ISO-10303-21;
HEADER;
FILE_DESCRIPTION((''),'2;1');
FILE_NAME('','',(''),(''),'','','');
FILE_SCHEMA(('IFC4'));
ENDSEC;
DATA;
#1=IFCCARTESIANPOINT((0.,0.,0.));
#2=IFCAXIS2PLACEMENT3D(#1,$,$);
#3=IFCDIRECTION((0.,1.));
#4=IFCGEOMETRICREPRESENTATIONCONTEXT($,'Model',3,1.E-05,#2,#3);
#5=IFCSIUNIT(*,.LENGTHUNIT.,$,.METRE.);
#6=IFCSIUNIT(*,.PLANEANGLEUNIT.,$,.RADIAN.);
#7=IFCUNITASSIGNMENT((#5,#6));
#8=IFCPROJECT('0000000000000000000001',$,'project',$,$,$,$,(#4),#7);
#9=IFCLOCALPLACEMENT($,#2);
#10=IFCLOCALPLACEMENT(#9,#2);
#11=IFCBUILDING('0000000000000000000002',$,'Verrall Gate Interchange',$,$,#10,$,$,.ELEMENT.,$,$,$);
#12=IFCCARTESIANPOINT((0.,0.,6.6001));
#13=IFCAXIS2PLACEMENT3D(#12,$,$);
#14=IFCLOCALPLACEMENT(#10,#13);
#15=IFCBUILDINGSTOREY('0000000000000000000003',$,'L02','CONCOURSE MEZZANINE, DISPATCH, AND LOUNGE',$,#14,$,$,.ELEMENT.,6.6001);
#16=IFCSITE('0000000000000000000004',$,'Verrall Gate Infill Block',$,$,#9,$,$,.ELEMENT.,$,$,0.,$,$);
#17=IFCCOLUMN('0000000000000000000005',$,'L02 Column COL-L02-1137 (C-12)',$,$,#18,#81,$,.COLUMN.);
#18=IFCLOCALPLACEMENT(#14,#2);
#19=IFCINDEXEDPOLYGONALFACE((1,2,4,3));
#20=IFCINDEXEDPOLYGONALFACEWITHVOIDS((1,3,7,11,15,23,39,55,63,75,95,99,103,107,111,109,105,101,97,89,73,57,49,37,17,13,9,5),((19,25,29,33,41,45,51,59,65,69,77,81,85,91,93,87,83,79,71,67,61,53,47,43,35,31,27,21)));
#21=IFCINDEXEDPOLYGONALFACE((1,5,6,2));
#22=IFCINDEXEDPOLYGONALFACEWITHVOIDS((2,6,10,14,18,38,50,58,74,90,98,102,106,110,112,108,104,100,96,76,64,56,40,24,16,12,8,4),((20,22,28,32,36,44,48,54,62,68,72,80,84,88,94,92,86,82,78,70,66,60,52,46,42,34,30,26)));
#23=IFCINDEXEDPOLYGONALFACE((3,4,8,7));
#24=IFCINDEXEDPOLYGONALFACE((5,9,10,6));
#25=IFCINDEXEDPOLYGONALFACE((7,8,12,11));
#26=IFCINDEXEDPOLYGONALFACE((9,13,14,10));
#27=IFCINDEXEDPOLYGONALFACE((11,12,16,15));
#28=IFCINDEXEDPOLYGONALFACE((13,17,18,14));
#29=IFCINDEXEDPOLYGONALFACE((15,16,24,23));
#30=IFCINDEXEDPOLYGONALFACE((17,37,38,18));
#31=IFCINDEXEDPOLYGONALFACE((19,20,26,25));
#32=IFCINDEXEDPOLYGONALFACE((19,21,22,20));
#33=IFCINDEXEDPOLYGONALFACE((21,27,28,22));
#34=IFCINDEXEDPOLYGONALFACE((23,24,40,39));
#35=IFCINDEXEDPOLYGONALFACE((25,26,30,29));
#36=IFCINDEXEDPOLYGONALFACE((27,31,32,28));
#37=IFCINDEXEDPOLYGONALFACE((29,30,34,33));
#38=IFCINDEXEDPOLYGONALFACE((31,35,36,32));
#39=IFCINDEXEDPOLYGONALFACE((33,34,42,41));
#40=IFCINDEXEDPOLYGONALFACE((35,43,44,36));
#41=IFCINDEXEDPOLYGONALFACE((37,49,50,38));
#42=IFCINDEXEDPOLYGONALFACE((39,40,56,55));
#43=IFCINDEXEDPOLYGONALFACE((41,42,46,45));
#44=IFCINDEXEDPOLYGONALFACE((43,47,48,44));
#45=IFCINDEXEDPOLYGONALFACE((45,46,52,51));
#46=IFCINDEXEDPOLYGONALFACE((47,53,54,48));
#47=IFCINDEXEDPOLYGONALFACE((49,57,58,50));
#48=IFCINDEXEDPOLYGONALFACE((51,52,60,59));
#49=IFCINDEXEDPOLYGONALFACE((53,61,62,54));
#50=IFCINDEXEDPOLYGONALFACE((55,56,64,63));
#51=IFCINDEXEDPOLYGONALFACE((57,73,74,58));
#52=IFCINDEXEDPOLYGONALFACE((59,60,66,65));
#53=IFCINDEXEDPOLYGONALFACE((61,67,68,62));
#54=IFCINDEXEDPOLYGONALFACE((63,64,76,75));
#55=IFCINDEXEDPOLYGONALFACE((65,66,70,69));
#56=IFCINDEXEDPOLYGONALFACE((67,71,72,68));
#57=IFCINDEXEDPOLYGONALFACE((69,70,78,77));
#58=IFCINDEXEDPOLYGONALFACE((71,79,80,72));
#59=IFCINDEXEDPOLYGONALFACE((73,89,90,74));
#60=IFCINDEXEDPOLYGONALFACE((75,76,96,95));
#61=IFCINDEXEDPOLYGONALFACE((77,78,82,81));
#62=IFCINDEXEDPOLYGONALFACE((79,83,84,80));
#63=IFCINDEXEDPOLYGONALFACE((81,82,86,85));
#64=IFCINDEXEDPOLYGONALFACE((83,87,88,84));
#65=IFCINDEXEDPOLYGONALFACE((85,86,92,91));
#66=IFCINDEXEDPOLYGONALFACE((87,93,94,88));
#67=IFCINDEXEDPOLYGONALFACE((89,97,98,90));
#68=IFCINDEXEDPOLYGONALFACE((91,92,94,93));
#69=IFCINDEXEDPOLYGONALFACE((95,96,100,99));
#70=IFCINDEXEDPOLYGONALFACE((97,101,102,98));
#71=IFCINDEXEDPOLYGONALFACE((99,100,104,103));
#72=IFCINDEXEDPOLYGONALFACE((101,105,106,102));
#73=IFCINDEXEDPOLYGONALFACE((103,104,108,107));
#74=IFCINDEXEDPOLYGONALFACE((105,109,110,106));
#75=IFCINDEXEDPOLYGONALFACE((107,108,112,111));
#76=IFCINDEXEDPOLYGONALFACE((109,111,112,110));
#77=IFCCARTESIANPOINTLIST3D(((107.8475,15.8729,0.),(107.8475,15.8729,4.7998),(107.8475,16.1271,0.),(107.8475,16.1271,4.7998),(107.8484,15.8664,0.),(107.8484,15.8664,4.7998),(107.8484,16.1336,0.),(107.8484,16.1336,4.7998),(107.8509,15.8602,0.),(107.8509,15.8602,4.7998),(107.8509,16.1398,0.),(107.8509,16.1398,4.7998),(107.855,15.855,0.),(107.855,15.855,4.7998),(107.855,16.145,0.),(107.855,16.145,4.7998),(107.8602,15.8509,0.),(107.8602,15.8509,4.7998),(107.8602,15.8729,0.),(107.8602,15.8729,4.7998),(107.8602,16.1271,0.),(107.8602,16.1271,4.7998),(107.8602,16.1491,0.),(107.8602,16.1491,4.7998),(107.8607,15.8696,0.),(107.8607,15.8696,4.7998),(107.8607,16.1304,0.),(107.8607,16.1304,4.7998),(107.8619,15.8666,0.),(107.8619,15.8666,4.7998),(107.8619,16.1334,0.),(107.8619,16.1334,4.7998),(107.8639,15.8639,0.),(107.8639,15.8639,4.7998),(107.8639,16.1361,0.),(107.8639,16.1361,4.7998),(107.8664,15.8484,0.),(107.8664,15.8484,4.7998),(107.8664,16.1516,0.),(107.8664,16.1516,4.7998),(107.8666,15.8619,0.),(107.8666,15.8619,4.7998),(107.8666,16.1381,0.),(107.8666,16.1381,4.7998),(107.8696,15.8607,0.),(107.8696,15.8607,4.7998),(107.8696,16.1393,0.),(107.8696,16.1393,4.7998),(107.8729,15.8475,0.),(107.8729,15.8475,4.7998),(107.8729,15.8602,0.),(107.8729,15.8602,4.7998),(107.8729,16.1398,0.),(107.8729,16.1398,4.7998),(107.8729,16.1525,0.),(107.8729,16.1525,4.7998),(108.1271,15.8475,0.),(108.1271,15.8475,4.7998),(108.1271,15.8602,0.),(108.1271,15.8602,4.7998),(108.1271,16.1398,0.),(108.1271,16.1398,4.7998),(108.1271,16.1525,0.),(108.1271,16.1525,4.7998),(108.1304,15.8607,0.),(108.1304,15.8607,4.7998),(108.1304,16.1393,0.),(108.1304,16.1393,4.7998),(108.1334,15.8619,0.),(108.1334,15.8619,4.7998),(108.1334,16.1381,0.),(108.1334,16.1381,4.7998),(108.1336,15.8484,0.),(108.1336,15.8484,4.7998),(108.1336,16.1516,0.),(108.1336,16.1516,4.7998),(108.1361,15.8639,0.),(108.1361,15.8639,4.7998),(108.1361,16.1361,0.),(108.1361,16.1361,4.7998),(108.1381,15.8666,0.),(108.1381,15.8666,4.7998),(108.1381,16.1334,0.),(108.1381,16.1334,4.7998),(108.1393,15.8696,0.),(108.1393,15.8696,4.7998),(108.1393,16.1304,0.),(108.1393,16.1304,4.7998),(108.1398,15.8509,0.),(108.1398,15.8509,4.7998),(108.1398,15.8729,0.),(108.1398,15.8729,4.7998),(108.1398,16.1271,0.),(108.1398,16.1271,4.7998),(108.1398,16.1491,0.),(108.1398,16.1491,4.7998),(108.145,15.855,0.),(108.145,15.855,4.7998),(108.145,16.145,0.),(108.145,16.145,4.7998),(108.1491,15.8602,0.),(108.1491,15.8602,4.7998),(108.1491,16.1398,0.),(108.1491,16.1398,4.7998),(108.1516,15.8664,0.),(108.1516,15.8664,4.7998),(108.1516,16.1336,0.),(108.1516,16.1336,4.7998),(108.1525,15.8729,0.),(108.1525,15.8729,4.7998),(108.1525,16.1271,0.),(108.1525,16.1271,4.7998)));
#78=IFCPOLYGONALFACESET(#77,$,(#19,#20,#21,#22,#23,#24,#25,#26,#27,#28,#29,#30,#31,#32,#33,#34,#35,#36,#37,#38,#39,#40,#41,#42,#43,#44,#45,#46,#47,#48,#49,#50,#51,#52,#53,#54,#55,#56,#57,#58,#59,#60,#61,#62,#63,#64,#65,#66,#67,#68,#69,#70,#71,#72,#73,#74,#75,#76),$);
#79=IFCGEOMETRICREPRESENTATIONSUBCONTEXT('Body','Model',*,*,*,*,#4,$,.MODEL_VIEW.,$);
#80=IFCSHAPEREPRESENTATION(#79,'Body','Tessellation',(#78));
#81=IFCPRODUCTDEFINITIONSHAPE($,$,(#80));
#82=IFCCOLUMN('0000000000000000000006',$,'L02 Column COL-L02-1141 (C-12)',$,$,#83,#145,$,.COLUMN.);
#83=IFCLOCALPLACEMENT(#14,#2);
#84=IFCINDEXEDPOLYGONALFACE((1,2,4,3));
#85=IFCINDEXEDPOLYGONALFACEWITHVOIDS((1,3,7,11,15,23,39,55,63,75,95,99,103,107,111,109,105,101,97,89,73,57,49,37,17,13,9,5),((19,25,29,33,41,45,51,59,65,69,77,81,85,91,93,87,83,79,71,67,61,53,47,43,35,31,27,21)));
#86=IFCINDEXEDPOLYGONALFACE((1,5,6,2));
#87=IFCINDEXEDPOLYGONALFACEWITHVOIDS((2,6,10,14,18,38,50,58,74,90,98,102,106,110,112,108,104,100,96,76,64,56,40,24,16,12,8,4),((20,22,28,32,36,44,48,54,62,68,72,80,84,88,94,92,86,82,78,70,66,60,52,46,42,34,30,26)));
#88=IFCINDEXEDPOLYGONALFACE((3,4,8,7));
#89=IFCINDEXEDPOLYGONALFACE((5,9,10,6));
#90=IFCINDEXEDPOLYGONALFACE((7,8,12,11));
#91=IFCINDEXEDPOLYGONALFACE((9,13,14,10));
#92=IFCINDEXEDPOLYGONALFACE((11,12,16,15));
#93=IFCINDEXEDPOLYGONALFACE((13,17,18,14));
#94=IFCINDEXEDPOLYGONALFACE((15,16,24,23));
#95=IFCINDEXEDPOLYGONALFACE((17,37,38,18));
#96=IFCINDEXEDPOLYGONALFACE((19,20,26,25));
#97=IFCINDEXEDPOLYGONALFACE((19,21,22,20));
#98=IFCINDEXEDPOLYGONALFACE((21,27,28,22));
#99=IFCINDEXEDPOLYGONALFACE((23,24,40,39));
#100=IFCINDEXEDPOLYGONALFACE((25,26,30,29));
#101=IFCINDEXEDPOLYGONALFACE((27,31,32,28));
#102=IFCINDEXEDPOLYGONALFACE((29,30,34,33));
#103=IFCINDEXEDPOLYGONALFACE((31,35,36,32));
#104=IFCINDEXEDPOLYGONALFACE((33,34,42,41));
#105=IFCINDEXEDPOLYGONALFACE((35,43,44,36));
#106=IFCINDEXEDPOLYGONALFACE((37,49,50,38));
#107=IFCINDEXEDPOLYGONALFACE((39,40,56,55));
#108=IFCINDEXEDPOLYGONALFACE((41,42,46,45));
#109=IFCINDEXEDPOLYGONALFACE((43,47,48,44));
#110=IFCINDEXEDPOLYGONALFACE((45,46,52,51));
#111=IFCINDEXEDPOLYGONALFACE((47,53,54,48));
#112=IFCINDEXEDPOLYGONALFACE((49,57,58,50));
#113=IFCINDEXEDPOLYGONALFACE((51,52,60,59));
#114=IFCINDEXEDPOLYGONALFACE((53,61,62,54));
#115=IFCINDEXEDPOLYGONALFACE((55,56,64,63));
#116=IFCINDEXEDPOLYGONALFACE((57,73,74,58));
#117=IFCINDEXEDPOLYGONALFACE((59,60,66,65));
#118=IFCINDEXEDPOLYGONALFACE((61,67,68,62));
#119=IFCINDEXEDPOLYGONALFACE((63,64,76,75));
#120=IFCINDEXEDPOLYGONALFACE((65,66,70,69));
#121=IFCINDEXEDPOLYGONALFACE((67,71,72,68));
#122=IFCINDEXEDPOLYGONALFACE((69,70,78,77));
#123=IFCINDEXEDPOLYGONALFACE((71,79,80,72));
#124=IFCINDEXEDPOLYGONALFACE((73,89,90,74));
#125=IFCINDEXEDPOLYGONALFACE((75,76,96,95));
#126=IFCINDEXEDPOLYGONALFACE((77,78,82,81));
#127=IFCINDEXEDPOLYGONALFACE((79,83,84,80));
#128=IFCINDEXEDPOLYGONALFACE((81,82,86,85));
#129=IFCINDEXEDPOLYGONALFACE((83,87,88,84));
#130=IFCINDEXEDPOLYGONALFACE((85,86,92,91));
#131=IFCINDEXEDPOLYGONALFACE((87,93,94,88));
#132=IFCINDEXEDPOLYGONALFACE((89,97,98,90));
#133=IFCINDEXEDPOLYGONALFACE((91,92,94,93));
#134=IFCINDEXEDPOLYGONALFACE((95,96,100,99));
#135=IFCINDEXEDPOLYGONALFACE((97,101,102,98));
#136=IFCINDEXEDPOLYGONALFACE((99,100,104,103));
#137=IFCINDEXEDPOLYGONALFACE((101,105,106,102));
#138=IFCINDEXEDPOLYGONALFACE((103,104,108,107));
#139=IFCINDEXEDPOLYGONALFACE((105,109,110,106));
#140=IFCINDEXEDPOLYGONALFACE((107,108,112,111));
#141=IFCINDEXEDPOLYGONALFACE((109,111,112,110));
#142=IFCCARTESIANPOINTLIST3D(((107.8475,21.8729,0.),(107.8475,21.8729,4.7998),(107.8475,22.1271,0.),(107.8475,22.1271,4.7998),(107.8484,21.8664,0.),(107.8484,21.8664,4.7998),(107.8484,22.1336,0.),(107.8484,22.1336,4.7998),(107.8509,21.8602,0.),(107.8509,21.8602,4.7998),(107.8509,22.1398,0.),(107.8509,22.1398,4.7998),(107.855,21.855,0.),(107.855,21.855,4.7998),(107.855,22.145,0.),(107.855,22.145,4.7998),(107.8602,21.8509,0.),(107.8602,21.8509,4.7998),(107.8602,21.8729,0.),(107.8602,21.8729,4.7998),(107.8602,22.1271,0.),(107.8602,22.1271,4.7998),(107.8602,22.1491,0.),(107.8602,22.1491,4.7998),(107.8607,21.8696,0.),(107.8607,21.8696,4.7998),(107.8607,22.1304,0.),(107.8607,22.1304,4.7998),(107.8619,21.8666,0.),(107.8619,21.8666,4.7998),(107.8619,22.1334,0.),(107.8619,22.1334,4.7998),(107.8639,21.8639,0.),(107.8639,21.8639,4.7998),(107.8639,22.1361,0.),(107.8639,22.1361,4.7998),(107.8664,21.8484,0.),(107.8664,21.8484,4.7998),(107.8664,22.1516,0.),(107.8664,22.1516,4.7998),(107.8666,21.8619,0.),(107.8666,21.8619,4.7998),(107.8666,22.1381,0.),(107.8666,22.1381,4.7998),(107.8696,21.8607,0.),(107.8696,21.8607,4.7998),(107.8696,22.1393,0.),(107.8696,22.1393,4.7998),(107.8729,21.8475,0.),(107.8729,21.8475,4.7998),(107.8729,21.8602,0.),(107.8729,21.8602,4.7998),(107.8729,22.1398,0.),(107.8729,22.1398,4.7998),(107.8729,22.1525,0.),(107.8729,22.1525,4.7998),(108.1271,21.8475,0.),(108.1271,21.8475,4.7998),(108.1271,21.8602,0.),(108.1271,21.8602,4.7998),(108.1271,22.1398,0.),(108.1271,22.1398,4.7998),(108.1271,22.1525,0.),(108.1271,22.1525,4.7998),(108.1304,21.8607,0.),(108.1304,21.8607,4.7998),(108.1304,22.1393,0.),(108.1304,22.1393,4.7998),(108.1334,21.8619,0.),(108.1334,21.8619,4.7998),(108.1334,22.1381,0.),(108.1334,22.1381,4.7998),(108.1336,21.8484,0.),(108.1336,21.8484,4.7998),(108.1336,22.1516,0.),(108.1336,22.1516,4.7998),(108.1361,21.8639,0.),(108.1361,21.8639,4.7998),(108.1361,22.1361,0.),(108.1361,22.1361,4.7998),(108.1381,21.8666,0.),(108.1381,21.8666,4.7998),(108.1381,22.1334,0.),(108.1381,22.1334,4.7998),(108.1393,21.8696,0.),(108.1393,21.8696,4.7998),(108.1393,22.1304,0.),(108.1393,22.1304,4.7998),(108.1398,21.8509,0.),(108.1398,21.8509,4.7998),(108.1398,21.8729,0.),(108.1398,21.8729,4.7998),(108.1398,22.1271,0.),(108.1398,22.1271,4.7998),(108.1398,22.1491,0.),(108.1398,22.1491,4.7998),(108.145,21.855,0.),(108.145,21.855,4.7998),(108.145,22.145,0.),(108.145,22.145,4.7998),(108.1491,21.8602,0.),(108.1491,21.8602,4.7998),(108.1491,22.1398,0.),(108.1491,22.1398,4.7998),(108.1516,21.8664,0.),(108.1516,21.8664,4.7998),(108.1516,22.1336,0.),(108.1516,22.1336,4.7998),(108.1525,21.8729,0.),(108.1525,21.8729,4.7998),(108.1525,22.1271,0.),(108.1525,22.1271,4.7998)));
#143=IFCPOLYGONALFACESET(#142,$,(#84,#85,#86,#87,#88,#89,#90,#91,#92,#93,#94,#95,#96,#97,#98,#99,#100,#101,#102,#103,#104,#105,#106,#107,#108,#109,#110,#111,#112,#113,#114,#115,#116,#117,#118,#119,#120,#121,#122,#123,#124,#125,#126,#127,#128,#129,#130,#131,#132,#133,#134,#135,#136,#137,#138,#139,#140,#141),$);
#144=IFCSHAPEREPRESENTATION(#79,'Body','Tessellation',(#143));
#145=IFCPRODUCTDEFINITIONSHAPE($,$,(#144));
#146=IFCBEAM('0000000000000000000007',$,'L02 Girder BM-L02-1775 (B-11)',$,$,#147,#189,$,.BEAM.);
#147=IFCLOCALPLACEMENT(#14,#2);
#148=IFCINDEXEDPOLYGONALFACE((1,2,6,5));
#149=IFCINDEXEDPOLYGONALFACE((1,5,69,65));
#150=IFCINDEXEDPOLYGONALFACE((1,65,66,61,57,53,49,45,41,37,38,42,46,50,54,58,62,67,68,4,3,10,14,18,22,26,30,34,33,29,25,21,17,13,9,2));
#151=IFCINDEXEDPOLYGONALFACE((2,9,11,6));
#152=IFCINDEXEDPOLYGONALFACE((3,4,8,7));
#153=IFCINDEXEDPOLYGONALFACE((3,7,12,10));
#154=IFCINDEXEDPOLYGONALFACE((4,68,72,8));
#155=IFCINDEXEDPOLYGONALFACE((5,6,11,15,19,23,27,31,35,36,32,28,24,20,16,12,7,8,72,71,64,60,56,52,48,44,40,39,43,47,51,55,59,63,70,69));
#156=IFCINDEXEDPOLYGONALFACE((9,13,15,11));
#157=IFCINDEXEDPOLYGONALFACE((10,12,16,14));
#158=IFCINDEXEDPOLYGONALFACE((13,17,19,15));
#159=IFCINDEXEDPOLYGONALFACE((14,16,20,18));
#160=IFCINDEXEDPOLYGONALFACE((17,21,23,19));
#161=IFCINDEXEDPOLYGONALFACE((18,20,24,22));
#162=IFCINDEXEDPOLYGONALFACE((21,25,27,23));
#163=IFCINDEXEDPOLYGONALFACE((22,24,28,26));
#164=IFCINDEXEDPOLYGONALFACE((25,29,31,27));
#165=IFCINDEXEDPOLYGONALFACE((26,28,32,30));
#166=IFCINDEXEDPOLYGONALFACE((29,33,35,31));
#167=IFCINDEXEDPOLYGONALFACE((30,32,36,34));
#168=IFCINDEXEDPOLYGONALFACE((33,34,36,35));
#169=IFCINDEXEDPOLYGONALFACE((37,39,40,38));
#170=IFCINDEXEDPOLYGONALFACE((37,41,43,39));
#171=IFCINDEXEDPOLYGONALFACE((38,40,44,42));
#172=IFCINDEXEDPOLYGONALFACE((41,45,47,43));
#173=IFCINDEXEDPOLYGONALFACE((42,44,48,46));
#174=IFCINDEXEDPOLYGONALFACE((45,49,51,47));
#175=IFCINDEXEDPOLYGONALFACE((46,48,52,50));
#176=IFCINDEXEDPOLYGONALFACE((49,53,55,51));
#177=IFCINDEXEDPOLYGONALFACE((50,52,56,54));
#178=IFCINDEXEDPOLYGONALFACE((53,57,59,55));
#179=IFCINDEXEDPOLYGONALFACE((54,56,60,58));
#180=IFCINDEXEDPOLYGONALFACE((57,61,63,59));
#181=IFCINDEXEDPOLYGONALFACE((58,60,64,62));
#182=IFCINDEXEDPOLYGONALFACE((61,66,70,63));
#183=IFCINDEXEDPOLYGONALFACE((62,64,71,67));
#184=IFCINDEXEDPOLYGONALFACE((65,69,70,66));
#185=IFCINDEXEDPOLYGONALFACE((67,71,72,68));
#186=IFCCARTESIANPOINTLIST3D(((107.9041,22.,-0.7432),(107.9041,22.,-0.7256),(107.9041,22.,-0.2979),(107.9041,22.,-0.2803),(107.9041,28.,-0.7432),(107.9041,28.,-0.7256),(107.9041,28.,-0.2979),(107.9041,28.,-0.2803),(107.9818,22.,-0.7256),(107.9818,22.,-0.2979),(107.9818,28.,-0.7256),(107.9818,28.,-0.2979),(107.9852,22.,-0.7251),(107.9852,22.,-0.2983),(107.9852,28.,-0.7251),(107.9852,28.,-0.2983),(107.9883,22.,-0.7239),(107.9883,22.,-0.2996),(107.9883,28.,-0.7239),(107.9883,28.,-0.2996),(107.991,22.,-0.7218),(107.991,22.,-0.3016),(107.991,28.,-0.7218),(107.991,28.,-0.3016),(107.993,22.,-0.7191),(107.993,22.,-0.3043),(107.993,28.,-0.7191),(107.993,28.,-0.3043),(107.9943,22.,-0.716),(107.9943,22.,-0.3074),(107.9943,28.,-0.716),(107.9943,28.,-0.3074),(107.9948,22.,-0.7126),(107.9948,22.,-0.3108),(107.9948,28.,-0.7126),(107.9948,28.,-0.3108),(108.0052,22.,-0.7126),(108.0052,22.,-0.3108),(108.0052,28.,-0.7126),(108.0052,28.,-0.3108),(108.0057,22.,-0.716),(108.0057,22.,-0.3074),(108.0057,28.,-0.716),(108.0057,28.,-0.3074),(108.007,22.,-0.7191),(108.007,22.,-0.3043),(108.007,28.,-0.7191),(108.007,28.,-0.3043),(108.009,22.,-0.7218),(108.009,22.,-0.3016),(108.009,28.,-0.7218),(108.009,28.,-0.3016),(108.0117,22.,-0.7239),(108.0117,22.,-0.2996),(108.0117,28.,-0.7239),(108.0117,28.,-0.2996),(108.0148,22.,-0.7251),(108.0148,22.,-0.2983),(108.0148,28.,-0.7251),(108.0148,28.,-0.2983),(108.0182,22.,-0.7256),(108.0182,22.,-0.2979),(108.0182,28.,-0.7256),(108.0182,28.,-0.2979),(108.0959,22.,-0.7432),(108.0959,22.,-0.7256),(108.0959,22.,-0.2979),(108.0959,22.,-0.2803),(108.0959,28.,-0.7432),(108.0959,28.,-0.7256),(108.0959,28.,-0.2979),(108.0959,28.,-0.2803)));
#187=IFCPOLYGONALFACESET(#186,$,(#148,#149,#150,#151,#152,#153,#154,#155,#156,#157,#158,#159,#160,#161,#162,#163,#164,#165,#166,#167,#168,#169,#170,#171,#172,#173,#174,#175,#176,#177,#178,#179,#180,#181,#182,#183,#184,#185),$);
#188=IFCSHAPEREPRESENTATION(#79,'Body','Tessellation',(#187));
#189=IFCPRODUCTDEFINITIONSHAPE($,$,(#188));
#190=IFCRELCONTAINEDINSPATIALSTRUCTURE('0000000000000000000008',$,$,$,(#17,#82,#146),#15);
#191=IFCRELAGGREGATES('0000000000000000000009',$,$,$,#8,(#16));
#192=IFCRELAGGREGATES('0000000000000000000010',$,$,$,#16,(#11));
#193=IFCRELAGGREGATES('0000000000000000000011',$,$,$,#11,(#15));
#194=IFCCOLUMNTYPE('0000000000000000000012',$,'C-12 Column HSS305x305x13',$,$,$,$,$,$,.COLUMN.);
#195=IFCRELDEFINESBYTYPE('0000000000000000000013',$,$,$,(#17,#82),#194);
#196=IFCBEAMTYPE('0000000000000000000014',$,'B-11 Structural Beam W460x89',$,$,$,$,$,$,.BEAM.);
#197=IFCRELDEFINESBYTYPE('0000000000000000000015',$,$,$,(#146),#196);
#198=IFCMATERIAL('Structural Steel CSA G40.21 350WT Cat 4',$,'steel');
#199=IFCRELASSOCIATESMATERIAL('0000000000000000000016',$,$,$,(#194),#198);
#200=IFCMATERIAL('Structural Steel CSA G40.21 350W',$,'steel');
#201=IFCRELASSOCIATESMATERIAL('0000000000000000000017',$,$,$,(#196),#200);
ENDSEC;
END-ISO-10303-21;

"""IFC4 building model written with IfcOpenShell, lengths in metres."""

from ifc_helpers import new_model, si_unit, direction, frame, origin, origin_2d, place, context, subcontext, project, spatial, hollow_rectangle, i_section, extrude, material, material_profile, profile_set, type_object, element, save


model = new_model("IFC4")

# Units and contexts
model_context = context("Model", 3, precision=1e-05, world=origin(), true_north=direction((0.0, 1.0)))
body_context = subcontext(model_context, "Body", "Model", "MODEL_VIEW")
ifc_project = project(units=[si_unit("LENGTHUNIT", "METRE"), si_unit("PLANEANGLEUNIT", "RADIAN")], contexts=[model_context])

# Site, building, storey
site_placement = place(None, origin())
site = spatial("IfcSite", under=ifc_project, at=site_placement, Name="Verrall Gate Infill Block", CompositionType="ELEMENT", RefElevation=0.0)
building_placement = place(site_placement, origin())
building = spatial("IfcBuilding", under=site, at=building_placement, Name="Verrall Gate Interchange", CompositionType="ELEMENT")
storey_placement = place(building_placement, frame((0.0, 0.0, 6.6001)))
storey = spatial("IfcBuildingStorey", under=building, at=storey_placement, Name="L02", Description="CONCOURSE MEZZANINE, DISPATCH, AND LOUNGE", CompositionType="ELEMENT", Elevation=6.6001)

# Columns
ifc_material_1 = material(Name="Structural Steel CSA G40.21 350WT Cat 4", Category="steel")
ifc_material_profile_1 = material_profile(ifc_material_1, hollow_rectangle(XDim=0.3049, YDim=0.3049, WallThickness=0.0127, InnerFilletRadius=0.0127, OuterFilletRadius=0.0254, at=origin_2d()), Name="HSS305x305x13")
ifc_profile_set_1 = profile_set([ifc_material_profile_1], Name="Structural Steel CSA G40.21 350WT Cat 4")
column_type = type_object("IfcColumnType", Name="C-12 Column HSS305x305x13", PredefinedType="COLUMN", material=ifc_profile_set_1)
for number, where, z_axis, x_axis, name in (
    (1, (108.0, 16.0, 0.0), (0.0, 0.0, 1.0), (1.0, 0.0, 0.0), "L02 Column COL-L02-1137 (C-12)"),
    (2, (108.0, 22.0, 0.0), (0.0, 0.0, 1.0), (1.0, 0.0, 0.0), "L02 Column COL-L02-1141 (C-12)"),
):
    element("IfcColumn", number, at=place(storey_placement, frame(where, z_axis=z_axis, x_axis=x_axis)), inside=storey, type_object=column_type, Name=name, PredefinedType="COLUMN", context=body_context, shape_type="SweptSolid", body=[
        extrude(hollow_rectangle(XDim=0.3049, YDim=0.3049, WallThickness=0.0127, InnerFilletRadius=0.0127, OuterFilletRadius=0.0254, at=origin_2d()), origin(), (0.0, 0.0, 1.0), 4.7998),
    ])

# Beam
ifc_material_2 = material(Name="Structural Steel CSA G40.21 350W", Category="steel")
ifc_material_profile_2 = material_profile(ifc_material_2, i_section(OverallWidth=0.1919, OverallDepth=0.4629, WebThickness=0.0105, FlangeThickness=0.0176, FilletRadius=0.0129, at=origin_2d()), Name="W460x89")
ifc_profile_set_2 = profile_set([ifc_material_profile_2], Name="Structural Steel CSA G40.21 350W")
beam_type_1 = type_object("IfcBeamType", Name="B-11 Structural Beam W460x89", PredefinedType="BEAM", material=ifc_profile_set_2)
beam_1_placement = place(storey_placement, frame((108.0, 22.0, -0.5117), z_axis=(0.0, 1.0, 0.0), x_axis=(-1.0, 0.0, 0.0)))
element("IfcBeam", 3, at=beam_1_placement, inside=storey, type_object=beam_type_1, Name="L02 Girder BM-L02-1775 (B-11)", PredefinedType="BEAM", context=body_context, shape_type="SweptSolid", body=[
    extrude(i_section(OverallWidth=0.1919, OverallDepth=0.4629, WebThickness=0.0105, FlangeThickness=0.0176, FilletRadius=0.0129, at=origin_2d()), origin(), (0.0, 0.0, 1.0), 6.0),
])

save(model, "model.ifc")
